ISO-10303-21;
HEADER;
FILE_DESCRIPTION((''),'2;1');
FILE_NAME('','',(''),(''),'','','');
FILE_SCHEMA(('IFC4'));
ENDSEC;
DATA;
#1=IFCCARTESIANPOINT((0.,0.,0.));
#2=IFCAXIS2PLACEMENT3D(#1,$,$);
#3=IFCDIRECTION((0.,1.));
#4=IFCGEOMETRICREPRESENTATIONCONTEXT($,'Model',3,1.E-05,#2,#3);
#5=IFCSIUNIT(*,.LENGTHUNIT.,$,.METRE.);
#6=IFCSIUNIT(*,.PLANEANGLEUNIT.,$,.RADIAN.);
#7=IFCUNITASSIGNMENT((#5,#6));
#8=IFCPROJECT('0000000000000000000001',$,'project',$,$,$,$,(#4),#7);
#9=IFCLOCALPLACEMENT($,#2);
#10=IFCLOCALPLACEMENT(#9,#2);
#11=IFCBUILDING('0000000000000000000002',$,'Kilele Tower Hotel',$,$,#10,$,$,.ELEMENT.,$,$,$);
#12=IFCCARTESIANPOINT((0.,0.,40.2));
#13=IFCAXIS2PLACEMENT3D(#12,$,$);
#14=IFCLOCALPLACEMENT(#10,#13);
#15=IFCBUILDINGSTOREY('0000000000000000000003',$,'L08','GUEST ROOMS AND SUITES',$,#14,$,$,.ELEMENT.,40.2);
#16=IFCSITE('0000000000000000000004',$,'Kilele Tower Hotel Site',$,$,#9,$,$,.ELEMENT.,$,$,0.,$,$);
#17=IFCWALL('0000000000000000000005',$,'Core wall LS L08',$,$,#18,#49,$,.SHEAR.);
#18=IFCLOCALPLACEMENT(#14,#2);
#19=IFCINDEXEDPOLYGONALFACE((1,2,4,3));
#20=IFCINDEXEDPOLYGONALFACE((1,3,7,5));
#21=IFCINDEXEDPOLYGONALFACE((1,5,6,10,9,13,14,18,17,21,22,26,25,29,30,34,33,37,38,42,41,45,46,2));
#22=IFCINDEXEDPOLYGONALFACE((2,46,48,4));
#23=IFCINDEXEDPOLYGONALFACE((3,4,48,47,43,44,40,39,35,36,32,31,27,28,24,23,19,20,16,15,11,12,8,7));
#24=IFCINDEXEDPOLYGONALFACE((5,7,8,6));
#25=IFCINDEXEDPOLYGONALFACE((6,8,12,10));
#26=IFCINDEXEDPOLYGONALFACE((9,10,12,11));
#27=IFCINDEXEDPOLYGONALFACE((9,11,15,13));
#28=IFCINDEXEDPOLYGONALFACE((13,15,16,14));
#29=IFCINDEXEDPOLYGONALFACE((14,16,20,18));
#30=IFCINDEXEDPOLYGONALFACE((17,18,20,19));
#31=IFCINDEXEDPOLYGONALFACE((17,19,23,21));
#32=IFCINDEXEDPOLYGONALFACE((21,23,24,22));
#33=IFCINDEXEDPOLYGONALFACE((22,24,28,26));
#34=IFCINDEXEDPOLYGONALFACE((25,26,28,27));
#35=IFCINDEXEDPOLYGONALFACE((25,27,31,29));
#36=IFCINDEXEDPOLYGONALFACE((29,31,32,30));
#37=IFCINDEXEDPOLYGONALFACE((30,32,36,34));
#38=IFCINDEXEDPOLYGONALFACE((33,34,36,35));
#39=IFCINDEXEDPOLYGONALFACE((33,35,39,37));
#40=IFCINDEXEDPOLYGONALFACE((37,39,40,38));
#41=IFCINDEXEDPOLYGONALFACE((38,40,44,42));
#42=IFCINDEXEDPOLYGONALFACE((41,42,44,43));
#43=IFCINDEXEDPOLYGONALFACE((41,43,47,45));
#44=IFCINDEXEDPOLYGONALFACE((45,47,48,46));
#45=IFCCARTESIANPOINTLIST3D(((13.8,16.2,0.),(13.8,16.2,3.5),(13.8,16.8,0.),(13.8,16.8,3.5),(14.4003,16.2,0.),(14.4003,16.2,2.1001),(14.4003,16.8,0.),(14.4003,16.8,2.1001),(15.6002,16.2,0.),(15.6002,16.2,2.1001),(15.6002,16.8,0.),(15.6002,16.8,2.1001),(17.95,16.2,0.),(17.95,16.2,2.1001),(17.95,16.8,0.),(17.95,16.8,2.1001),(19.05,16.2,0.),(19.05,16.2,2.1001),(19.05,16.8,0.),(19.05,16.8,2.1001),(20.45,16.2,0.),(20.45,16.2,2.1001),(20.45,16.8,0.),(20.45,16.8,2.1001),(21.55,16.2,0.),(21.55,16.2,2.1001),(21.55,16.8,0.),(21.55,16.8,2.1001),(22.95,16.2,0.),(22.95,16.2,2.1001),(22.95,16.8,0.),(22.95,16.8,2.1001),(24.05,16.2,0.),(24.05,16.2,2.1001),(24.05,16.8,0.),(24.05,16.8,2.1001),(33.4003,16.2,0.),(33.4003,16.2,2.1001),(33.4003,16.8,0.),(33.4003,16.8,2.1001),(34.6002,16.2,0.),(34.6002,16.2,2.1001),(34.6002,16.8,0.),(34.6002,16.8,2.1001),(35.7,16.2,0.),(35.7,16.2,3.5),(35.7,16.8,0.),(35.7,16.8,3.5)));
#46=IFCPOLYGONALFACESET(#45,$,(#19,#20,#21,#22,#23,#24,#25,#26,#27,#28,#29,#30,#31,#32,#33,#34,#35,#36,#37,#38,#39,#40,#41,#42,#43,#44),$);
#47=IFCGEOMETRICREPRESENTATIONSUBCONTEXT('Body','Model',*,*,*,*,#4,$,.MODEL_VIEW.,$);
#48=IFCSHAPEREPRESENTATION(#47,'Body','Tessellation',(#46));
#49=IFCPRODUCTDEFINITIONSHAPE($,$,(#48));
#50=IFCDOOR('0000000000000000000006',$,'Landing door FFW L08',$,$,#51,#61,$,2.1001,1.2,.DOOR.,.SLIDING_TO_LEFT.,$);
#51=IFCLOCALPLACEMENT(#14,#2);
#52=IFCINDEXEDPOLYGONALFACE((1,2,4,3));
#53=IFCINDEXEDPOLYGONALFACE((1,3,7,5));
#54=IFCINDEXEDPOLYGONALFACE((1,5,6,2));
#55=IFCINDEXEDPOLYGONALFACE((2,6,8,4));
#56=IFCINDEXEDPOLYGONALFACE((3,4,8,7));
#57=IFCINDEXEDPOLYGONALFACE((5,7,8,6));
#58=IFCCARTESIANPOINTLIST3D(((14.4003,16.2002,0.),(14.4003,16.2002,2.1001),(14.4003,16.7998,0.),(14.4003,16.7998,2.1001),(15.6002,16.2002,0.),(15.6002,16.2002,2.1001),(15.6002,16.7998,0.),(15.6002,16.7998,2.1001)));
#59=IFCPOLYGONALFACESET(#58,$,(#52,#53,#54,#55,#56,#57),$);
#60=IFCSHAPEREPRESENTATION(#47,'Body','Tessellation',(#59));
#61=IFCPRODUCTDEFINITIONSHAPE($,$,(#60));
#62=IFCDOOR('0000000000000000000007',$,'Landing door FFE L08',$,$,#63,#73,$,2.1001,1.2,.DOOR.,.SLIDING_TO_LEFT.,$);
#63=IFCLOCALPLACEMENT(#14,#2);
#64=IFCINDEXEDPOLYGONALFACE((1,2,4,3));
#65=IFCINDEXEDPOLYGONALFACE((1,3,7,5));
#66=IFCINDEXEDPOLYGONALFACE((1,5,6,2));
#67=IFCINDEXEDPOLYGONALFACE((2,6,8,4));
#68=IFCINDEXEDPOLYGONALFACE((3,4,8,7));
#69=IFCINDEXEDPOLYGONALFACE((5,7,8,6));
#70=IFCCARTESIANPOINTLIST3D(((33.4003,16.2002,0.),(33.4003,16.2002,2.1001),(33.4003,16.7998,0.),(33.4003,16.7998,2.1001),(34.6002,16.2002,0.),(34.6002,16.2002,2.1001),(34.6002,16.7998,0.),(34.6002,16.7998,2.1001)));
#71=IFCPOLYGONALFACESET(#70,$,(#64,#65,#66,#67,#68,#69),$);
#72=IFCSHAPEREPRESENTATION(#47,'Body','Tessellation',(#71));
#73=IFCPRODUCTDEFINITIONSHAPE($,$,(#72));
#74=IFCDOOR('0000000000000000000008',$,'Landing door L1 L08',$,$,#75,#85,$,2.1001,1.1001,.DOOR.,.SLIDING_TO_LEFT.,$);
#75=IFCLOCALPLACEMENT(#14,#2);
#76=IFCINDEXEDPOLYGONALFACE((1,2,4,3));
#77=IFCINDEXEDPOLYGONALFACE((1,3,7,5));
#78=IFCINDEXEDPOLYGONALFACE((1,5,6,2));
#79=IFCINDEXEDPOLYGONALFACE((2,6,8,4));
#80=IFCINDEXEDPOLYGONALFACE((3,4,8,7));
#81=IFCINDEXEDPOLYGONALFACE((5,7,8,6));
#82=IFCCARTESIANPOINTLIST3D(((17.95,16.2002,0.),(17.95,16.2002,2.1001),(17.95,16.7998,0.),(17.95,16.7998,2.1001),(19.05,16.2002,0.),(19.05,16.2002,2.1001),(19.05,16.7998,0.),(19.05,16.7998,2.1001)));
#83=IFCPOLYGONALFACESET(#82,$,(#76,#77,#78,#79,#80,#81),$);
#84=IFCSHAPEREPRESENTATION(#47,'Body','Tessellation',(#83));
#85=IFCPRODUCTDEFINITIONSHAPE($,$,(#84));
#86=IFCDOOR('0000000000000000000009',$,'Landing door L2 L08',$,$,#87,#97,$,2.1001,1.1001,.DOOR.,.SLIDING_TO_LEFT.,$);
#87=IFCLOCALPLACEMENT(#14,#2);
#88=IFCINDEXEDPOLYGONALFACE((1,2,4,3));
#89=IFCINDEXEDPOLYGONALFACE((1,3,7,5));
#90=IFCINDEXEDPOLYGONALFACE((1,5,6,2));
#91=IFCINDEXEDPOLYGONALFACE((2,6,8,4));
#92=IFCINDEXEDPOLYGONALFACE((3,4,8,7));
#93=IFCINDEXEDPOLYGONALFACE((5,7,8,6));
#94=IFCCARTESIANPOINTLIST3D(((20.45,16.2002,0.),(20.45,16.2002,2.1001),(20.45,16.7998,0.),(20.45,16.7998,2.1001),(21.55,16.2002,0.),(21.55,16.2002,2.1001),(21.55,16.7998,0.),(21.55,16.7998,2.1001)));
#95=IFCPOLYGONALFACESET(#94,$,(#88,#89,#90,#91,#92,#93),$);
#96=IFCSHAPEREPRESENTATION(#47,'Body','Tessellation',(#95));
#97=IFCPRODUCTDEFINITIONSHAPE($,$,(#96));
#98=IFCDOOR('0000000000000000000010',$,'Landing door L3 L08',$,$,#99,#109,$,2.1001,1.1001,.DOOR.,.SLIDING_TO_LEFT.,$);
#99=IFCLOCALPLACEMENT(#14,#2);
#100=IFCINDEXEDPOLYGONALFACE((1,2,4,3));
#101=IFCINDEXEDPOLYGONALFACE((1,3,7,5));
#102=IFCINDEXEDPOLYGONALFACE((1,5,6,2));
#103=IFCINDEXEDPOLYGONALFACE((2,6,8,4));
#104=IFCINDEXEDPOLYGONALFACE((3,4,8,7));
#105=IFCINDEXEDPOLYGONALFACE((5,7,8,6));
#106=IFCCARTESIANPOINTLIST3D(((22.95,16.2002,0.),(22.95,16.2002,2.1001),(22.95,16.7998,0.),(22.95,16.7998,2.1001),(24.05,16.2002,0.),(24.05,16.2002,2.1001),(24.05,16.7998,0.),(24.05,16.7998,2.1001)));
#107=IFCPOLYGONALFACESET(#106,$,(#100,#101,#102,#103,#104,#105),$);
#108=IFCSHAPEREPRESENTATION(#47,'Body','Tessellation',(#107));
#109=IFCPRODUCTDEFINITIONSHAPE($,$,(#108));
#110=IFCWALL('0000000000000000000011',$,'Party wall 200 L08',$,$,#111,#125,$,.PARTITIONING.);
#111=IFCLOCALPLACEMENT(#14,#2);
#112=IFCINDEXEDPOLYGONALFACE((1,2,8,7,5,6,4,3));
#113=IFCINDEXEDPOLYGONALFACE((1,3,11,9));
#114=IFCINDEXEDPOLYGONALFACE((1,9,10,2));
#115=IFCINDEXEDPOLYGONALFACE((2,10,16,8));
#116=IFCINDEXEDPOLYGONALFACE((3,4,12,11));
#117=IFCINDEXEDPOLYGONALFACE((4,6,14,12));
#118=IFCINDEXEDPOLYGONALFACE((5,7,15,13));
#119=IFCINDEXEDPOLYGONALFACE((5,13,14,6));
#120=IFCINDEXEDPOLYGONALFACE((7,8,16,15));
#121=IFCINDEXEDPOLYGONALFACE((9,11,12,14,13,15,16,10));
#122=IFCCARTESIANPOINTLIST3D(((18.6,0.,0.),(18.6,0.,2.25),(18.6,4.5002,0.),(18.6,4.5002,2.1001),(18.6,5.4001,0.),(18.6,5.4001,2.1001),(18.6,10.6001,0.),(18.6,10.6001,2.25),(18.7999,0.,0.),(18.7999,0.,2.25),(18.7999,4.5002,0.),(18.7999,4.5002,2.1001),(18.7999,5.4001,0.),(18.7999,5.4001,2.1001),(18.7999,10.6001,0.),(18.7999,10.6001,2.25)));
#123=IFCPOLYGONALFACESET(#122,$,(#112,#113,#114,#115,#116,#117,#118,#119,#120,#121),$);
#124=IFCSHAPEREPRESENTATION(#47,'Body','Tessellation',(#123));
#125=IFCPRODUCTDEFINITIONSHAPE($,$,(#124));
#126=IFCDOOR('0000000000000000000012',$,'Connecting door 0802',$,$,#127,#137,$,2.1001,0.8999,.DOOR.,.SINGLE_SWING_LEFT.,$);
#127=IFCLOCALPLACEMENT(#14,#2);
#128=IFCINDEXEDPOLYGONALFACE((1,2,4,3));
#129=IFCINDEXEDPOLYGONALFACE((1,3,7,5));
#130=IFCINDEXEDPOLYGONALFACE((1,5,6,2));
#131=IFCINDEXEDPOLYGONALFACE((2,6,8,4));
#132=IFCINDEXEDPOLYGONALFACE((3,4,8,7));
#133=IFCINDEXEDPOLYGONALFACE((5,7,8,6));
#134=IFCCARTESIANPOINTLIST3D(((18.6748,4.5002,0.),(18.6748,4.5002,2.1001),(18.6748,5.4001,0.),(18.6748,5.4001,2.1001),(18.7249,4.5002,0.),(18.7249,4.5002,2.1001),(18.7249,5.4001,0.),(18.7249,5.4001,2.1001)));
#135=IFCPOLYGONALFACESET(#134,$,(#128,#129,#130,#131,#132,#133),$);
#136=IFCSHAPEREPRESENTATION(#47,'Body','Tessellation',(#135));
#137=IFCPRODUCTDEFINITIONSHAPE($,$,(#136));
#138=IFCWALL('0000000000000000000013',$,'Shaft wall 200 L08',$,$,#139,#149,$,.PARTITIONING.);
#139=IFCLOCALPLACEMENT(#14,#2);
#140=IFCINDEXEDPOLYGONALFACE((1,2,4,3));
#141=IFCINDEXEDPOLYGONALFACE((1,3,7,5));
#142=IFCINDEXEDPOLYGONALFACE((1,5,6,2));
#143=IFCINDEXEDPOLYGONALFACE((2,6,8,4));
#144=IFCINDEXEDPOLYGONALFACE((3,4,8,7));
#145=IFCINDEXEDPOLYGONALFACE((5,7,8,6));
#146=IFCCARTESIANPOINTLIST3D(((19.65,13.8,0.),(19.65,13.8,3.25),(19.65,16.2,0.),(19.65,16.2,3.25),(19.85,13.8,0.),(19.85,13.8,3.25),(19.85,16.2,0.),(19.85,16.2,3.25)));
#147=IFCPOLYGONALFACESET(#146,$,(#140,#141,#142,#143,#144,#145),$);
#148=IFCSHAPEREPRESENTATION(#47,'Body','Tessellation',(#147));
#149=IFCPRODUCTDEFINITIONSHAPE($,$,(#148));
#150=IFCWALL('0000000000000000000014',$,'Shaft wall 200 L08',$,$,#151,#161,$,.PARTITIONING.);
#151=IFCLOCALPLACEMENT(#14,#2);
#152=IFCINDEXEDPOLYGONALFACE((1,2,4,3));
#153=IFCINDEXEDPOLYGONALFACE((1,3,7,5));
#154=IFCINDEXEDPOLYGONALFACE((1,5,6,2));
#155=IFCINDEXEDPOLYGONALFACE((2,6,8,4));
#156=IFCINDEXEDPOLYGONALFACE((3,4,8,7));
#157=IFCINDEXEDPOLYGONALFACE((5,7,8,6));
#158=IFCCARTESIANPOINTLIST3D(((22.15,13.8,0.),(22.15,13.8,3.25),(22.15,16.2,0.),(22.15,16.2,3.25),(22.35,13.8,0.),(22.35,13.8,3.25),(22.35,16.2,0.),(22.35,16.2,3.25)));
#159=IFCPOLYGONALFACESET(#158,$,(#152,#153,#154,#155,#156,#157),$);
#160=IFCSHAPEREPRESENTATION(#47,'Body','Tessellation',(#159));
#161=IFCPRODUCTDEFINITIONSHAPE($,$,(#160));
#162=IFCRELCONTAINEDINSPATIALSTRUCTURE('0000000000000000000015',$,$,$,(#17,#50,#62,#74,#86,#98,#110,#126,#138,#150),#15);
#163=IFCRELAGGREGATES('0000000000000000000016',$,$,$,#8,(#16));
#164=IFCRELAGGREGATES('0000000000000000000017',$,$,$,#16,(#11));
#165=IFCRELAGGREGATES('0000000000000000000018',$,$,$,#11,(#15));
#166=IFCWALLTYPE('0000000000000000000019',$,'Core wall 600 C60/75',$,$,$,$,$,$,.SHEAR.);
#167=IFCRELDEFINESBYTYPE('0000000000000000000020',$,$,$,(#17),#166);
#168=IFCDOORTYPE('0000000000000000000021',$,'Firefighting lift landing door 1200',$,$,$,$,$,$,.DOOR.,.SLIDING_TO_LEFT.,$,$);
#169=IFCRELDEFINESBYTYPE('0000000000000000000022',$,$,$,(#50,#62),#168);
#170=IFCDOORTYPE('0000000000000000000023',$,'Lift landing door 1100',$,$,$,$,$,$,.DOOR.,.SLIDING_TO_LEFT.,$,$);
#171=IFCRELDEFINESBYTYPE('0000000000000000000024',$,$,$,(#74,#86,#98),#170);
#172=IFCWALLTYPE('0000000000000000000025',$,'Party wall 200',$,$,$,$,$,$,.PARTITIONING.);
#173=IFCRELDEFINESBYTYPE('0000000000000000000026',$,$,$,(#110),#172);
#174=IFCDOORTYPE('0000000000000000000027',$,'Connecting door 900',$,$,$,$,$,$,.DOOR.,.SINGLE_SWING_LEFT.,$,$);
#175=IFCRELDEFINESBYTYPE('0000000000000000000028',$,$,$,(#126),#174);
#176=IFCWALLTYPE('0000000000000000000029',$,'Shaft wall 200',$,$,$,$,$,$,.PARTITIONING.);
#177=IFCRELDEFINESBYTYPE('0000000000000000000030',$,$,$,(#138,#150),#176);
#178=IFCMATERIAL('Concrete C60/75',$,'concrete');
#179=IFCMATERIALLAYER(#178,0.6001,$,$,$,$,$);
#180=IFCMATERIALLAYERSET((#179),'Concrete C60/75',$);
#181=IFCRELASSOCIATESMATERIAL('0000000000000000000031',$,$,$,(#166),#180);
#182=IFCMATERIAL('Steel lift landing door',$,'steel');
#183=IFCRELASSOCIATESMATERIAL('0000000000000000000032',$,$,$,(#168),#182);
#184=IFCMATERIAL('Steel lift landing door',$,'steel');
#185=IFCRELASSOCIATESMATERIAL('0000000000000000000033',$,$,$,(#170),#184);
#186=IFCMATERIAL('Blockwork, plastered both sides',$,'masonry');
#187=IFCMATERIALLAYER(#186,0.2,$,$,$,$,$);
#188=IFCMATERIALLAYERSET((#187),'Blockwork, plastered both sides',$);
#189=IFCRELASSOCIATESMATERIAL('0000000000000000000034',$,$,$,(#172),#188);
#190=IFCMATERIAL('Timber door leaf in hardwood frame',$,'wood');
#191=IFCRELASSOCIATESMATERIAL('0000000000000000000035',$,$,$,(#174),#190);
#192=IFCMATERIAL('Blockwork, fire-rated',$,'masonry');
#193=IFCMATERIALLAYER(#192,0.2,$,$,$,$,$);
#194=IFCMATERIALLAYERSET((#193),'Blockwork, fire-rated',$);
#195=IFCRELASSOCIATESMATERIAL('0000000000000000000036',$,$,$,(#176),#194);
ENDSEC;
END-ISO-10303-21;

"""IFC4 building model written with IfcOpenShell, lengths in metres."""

from ifc_helpers import new_model, si_unit, direction, frame, frame_2d, origin, place, context, subcontext, project, spatial, rectangle, extrude, material, layer, layer_set, type_object, element, fill, save


model = new_model("IFC4")

# Units and contexts
model_context = context("Model", 3, precision=1e-05, world=origin(), true_north=direction((0.0, 1.0)))
body_context = subcontext(model_context, "Body", "Model", "MODEL_VIEW")
ifc_project = project(units=[si_unit("LENGTHUNIT", "METRE"), si_unit("PLANEANGLEUNIT", "RADIAN")], contexts=[model_context])

# Site, building, storey
site_placement = place(None, origin())
site = spatial("IfcSite", under=ifc_project, at=site_placement, Name="Kilele Tower Hotel Site", CompositionType="ELEMENT", RefElevation=0.0)
building_placement = place(site_placement, origin())
building = spatial("IfcBuilding", under=site, at=building_placement, Name="Kilele Tower Hotel", CompositionType="ELEMENT")
storey_placement = place(building_placement, frame((0.0, 0.0, 40.2)))
storey = spatial("IfcBuildingStorey", under=building, at=storey_placement, Name="L08", Description="GUEST ROOMS AND SUITES", CompositionType="ELEMENT", Elevation=40.2)

# Shared definitions
ifc_material_1 = material(Name="Concrete C60/75", Category="concrete")
ifc_layer_1 = layer(ifc_material_1, 0.6001)
ifc_layer_set_1 = layer_set([ifc_layer_1], Name="Concrete C60/75")
wall_type_1 = type_object("IfcWallType", Name="Core wall 600 C60/75", PredefinedType="SHEAR", material=ifc_layer_set_1)

# Wall, openings, doors
wall_1_placement = place(storey_placement, frame((13.8, 16.5, 0.0), z_axis=(0.0, 0.0, 1.0), x_axis=(1.0, 0.0, 0.0)))
wall_1 = element("IfcWall", 1, at=wall_1_placement, inside=storey, type_object=wall_type_1, Name="Core wall LS L08", PredefinedType="SHEAR", context=body_context, shape_type="SweptSolid", body=[
    extrude(rectangle(XDim=21.8999, YDim=0.6001, at=frame_2d((10.95, 0.0))), origin(), (0.0, 0.0, 1.0), 3.5),
])
opening_1_placement = place(wall_1_placement, frame((4.1499, 0.0, 0.0)))
opening_1 = element("IfcOpeningElement", 2, at=opening_1_placement, cuts=wall_1, PredefinedType="OPENING", context=body_context, shape_type="SweptSolid", body=[
    extrude(rectangle(XDim=1.1001, YDim=2.1001, at=frame_2d((0.55, 1.05))), frame((0.0, 0.3101, 0.0), z_axis=(0.0, -1.0, 0.0), x_axis=(1.0, 0.0, 0.0)), (0.0, 0.0, 1.0), 0.6201),
])
opening_2_placement = place(wall_1_placement, frame((6.6499, 0.0, 0.0)))
opening_2 = element("IfcOpeningElement", 3, at=opening_2_placement, cuts=wall_1, PredefinedType="OPENING", context=body_context, shape_type="SweptSolid", body=[
    extrude(rectangle(XDim=1.1001, YDim=2.1001, at=frame_2d((0.55, 1.05))), frame((0.0, 0.3101, 0.0), z_axis=(0.0, -1.0, 0.0), x_axis=(1.0, 0.0, 0.0)), (0.0, 0.0, 1.0), 0.6201),
])
opening_3_placement = place(wall_1_placement, frame((9.1499, 0.0, 0.0)))
opening_3 = element("IfcOpeningElement", 4, at=opening_3_placement, cuts=wall_1, PredefinedType="OPENING", context=body_context, shape_type="SweptSolid", body=[
    extrude(rectangle(XDim=1.1001, YDim=2.1001, at=frame_2d((0.55, 1.05))), frame((0.0, 0.3101, 0.0), z_axis=(0.0, -1.0, 0.0), x_axis=(1.0, 0.0, 0.0)), (0.0, 0.0, 1.0), 0.6201),
])
opening_4_placement = place(wall_1_placement, frame((0.6001, 0.0, 0.0)))
opening_4 = element("IfcOpeningElement", 5, at=opening_4_placement, cuts=wall_1, PredefinedType="OPENING", context=body_context, shape_type="SweptSolid", body=[
    extrude(rectangle(XDim=1.2, YDim=2.1001, at=frame_2d((0.6001, 1.05))), frame((0.0, 0.3101, 0.0), z_axis=(0.0, -1.0, 0.0), x_axis=(1.0, 0.0, 0.0)), (0.0, 0.0, 1.0), 0.6201),
])
opening_5_placement = place(wall_1_placement, frame((19.6001, 0.0, 0.0)))
opening_5 = element("IfcOpeningElement", 6, at=opening_5_placement, cuts=wall_1, PredefinedType="OPENING", context=body_context, shape_type="SweptSolid", body=[
    extrude(rectangle(XDim=1.2, YDim=2.1001, at=frame_2d((0.6001, 1.05))), frame((0.0, 0.3101, 0.0), z_axis=(0.0, -1.0, 0.0), x_axis=(1.0, 0.0, 0.0)), (0.0, 0.0, 1.0), 0.6201),
])
ifc_material_2 = material(Name="Steel lift landing door", Category="steel")
door_type_1 = type_object("IfcDoorType", Name="Firefighting lift landing door 1200", OperationType="SLIDING_TO_LEFT", PredefinedType="DOOR", material=ifc_material_2)
door_1_placement = place(opening_4_placement, origin())
door_1 = element("IfcDoor", 7, at=door_1_placement, inside=storey, type_object=door_type_1, Name="Landing door FFW L08", OperationType="SLIDING_TO_LEFT", OverallHeight=2.1001, OverallWidth=1.2, PredefinedType="DOOR", context=body_context, shape_type="SweptSolid", body=[
    extrude(rectangle(XDim=1.2, YDim=2.1001, at=frame_2d((0.6001, 1.05))), frame((0.0, 0.2998, 0.0), z_axis=(0.0, -1.0, 0.0), x_axis=(1.0, 0.0, 0.0)), (0.0, 0.0, 1.0), 0.5996),
])
fill(opening_4, door_1)
door_2_placement = place(opening_5_placement, origin())
door_2 = element("IfcDoor", 8, at=door_2_placement, inside=storey, type_object=door_type_1, Name="Landing door FFE L08", OperationType="SLIDING_TO_LEFT", OverallHeight=2.1001, OverallWidth=1.2, PredefinedType="DOOR", context=body_context, shape_type="SweptSolid", body=[
    extrude(rectangle(XDim=1.2, YDim=2.1001, at=frame_2d((0.6001, 1.05))), frame((0.0, 0.2998, 0.0), z_axis=(0.0, -1.0, 0.0), x_axis=(1.0, 0.0, 0.0)), (0.0, 0.0, 1.0), 0.5996),
])
fill(opening_5, door_2)
ifc_material_3 = material(Name="Steel lift landing door", Category="steel")
door_type_2 = type_object("IfcDoorType", Name="Lift landing door 1100", OperationType="SLIDING_TO_LEFT", PredefinedType="DOOR", material=ifc_material_3)
door_3_placement = place(opening_1_placement, origin())
door_3 = element("IfcDoor", 9, at=door_3_placement, inside=storey, type_object=door_type_2, Name="Landing door L1 L08", OperationType="SLIDING_TO_LEFT", OverallHeight=2.1001, OverallWidth=1.1001, PredefinedType="DOOR", context=body_context, shape_type="SweptSolid", body=[
    extrude(rectangle(XDim=1.1001, YDim=2.1001, at=frame_2d((0.55, 1.05))), frame((0.0, 0.2998, 0.0), z_axis=(0.0, -1.0, 0.0), x_axis=(1.0, 0.0, 0.0)), (0.0, 0.0, 1.0), 0.5996),
])
fill(opening_1, door_3)
door_4_placement = place(opening_2_placement, origin())
door_4 = element("IfcDoor", 10, at=door_4_placement, inside=storey, type_object=door_type_2, Name="Landing door L2 L08", OperationType="SLIDING_TO_LEFT", OverallHeight=2.1001, OverallWidth=1.1001, PredefinedType="DOOR", context=body_context, shape_type="SweptSolid", body=[
    extrude(rectangle(XDim=1.1001, YDim=2.1001, at=frame_2d((0.55, 1.05))), frame((0.0, 0.2998, 0.0), z_axis=(0.0, -1.0, 0.0), x_axis=(1.0, 0.0, 0.0)), (0.0, 0.0, 1.0), 0.5996),
])
fill(opening_2, door_4)
door_5_placement = place(opening_3_placement, origin())
door_5 = element("IfcDoor", 11, at=door_5_placement, inside=storey, type_object=door_type_2, Name="Landing door L3 L08", OperationType="SLIDING_TO_LEFT", OverallHeight=2.1001, OverallWidth=1.1001, PredefinedType="DOOR", context=body_context, shape_type="SweptSolid", body=[
    extrude(rectangle(XDim=1.1001, YDim=2.1001, at=frame_2d((0.55, 1.05))), frame((0.0, 0.2998, 0.0), z_axis=(0.0, -1.0, 0.0), x_axis=(1.0, 0.0, 0.0)), (0.0, 0.0, 1.0), 0.5996),
])
fill(opening_3, door_5)

# Wall, opening, door
ifc_material_4 = material(Name="Blockwork, plastered both sides", Category="masonry")
ifc_layer_2 = layer(ifc_material_4, 0.2)
ifc_layer_set_2 = layer_set([ifc_layer_2], Name="Blockwork, plastered both sides")
wall_type_2 = type_object("IfcWallType", Name="Party wall 200", PredefinedType="PARTITIONING", material=ifc_layer_set_2)
wall_2_placement = place(storey_placement, frame((18.7, 10.6001, 0.0), z_axis=(0.0, 0.0, 1.0), x_axis=(0.0, -1.0, 0.0)))
wall_2 = element("IfcWall", 12, at=wall_2_placement, inside=storey, type_object=wall_type_2, Name="Party wall 200 L08", PredefinedType="PARTITIONING", context=body_context, shape_type="SweptSolid", body=[
    extrude(rectangle(XDim=10.6001, YDim=0.2, at=frame_2d((5.3, 0.0))), origin(), (0.0, 0.0, 1.0), 2.25),
])
opening_6_placement = place(wall_2_placement, frame((5.2, 0.0, 0.0)))
opening_6 = element("IfcOpeningElement", 13, at=opening_6_placement, cuts=wall_2, PredefinedType="OPENING", context=body_context, shape_type="SweptSolid", body=[
    extrude(rectangle(XDim=0.8999, YDim=2.1001, at=frame_2d((0.45, 1.05))), frame((0.0, 0.1099, 0.0), z_axis=(0.0, -1.0, 0.0), x_axis=(1.0, 0.0, 0.0)), (0.0, 0.0, 1.0), 0.22),
])
ifc_material_5 = material(Name="Timber door leaf in hardwood frame", Category="wood")
door_type_3 = type_object("IfcDoorType", Name="Connecting door 900", OperationType="SINGLE_SWING_LEFT", PredefinedType="DOOR", material=ifc_material_5)
door_6_placement = place(opening_6_placement, origin())
door_6 = element("IfcDoor", 14, at=door_6_placement, inside=storey, type_object=door_type_3, Name="Connecting door 0802", OperationType="SINGLE_SWING_LEFT", OverallHeight=2.1001, OverallWidth=0.8999, PredefinedType="DOOR", context=body_context, shape_type="SweptSolid", body=[
    extrude(rectangle(XDim=0.8999, YDim=2.1001, at=frame_2d((0.45, 1.05))), frame((0.0, 0.0249, 0.0), z_axis=(0.0, -1.0, 0.0), x_axis=(1.0, 0.0, 0.0)), (0.0, 0.0, 1.0), 0.05),
])
fill(opening_6, door_6)

# Walls
ifc_material_6 = material(Name="Blockwork, fire-rated", Category="masonry")
ifc_layer_3 = layer(ifc_material_6, 0.2)
ifc_layer_set_3 = layer_set([ifc_layer_3], Name="Blockwork, fire-rated")
wall_type_3 = type_object("IfcWallType", Name="Shaft wall 200", PredefinedType="PARTITIONING", material=ifc_layer_set_3)
for number, where, z_axis, x_axis, name in (
    (15, (19.75, 13.8, 0.0), (0.0, 0.0, 1.0), (0.0, 1.0, 0.0), "Shaft wall 200 L08"),
    (16, (22.25, 13.8, 0.0), (0.0, 0.0, 1.0), (0.0, 1.0, 0.0), "Shaft wall 200 L08"),
):
    element("IfcWall", number, at=place(storey_placement, frame(where, z_axis=z_axis, x_axis=x_axis)), inside=storey, type_object=wall_type_3, Name=name, PredefinedType="PARTITIONING", context=body_context, shape_type="SweptSolid", body=[
        extrude(rectangle(XDim=2.3999, YDim=0.2, at=frame_2d((1.2, 0.0))), origin(), (0.0, 0.0, 1.0), 3.25),
    ])

save(model, "model.ifc")
